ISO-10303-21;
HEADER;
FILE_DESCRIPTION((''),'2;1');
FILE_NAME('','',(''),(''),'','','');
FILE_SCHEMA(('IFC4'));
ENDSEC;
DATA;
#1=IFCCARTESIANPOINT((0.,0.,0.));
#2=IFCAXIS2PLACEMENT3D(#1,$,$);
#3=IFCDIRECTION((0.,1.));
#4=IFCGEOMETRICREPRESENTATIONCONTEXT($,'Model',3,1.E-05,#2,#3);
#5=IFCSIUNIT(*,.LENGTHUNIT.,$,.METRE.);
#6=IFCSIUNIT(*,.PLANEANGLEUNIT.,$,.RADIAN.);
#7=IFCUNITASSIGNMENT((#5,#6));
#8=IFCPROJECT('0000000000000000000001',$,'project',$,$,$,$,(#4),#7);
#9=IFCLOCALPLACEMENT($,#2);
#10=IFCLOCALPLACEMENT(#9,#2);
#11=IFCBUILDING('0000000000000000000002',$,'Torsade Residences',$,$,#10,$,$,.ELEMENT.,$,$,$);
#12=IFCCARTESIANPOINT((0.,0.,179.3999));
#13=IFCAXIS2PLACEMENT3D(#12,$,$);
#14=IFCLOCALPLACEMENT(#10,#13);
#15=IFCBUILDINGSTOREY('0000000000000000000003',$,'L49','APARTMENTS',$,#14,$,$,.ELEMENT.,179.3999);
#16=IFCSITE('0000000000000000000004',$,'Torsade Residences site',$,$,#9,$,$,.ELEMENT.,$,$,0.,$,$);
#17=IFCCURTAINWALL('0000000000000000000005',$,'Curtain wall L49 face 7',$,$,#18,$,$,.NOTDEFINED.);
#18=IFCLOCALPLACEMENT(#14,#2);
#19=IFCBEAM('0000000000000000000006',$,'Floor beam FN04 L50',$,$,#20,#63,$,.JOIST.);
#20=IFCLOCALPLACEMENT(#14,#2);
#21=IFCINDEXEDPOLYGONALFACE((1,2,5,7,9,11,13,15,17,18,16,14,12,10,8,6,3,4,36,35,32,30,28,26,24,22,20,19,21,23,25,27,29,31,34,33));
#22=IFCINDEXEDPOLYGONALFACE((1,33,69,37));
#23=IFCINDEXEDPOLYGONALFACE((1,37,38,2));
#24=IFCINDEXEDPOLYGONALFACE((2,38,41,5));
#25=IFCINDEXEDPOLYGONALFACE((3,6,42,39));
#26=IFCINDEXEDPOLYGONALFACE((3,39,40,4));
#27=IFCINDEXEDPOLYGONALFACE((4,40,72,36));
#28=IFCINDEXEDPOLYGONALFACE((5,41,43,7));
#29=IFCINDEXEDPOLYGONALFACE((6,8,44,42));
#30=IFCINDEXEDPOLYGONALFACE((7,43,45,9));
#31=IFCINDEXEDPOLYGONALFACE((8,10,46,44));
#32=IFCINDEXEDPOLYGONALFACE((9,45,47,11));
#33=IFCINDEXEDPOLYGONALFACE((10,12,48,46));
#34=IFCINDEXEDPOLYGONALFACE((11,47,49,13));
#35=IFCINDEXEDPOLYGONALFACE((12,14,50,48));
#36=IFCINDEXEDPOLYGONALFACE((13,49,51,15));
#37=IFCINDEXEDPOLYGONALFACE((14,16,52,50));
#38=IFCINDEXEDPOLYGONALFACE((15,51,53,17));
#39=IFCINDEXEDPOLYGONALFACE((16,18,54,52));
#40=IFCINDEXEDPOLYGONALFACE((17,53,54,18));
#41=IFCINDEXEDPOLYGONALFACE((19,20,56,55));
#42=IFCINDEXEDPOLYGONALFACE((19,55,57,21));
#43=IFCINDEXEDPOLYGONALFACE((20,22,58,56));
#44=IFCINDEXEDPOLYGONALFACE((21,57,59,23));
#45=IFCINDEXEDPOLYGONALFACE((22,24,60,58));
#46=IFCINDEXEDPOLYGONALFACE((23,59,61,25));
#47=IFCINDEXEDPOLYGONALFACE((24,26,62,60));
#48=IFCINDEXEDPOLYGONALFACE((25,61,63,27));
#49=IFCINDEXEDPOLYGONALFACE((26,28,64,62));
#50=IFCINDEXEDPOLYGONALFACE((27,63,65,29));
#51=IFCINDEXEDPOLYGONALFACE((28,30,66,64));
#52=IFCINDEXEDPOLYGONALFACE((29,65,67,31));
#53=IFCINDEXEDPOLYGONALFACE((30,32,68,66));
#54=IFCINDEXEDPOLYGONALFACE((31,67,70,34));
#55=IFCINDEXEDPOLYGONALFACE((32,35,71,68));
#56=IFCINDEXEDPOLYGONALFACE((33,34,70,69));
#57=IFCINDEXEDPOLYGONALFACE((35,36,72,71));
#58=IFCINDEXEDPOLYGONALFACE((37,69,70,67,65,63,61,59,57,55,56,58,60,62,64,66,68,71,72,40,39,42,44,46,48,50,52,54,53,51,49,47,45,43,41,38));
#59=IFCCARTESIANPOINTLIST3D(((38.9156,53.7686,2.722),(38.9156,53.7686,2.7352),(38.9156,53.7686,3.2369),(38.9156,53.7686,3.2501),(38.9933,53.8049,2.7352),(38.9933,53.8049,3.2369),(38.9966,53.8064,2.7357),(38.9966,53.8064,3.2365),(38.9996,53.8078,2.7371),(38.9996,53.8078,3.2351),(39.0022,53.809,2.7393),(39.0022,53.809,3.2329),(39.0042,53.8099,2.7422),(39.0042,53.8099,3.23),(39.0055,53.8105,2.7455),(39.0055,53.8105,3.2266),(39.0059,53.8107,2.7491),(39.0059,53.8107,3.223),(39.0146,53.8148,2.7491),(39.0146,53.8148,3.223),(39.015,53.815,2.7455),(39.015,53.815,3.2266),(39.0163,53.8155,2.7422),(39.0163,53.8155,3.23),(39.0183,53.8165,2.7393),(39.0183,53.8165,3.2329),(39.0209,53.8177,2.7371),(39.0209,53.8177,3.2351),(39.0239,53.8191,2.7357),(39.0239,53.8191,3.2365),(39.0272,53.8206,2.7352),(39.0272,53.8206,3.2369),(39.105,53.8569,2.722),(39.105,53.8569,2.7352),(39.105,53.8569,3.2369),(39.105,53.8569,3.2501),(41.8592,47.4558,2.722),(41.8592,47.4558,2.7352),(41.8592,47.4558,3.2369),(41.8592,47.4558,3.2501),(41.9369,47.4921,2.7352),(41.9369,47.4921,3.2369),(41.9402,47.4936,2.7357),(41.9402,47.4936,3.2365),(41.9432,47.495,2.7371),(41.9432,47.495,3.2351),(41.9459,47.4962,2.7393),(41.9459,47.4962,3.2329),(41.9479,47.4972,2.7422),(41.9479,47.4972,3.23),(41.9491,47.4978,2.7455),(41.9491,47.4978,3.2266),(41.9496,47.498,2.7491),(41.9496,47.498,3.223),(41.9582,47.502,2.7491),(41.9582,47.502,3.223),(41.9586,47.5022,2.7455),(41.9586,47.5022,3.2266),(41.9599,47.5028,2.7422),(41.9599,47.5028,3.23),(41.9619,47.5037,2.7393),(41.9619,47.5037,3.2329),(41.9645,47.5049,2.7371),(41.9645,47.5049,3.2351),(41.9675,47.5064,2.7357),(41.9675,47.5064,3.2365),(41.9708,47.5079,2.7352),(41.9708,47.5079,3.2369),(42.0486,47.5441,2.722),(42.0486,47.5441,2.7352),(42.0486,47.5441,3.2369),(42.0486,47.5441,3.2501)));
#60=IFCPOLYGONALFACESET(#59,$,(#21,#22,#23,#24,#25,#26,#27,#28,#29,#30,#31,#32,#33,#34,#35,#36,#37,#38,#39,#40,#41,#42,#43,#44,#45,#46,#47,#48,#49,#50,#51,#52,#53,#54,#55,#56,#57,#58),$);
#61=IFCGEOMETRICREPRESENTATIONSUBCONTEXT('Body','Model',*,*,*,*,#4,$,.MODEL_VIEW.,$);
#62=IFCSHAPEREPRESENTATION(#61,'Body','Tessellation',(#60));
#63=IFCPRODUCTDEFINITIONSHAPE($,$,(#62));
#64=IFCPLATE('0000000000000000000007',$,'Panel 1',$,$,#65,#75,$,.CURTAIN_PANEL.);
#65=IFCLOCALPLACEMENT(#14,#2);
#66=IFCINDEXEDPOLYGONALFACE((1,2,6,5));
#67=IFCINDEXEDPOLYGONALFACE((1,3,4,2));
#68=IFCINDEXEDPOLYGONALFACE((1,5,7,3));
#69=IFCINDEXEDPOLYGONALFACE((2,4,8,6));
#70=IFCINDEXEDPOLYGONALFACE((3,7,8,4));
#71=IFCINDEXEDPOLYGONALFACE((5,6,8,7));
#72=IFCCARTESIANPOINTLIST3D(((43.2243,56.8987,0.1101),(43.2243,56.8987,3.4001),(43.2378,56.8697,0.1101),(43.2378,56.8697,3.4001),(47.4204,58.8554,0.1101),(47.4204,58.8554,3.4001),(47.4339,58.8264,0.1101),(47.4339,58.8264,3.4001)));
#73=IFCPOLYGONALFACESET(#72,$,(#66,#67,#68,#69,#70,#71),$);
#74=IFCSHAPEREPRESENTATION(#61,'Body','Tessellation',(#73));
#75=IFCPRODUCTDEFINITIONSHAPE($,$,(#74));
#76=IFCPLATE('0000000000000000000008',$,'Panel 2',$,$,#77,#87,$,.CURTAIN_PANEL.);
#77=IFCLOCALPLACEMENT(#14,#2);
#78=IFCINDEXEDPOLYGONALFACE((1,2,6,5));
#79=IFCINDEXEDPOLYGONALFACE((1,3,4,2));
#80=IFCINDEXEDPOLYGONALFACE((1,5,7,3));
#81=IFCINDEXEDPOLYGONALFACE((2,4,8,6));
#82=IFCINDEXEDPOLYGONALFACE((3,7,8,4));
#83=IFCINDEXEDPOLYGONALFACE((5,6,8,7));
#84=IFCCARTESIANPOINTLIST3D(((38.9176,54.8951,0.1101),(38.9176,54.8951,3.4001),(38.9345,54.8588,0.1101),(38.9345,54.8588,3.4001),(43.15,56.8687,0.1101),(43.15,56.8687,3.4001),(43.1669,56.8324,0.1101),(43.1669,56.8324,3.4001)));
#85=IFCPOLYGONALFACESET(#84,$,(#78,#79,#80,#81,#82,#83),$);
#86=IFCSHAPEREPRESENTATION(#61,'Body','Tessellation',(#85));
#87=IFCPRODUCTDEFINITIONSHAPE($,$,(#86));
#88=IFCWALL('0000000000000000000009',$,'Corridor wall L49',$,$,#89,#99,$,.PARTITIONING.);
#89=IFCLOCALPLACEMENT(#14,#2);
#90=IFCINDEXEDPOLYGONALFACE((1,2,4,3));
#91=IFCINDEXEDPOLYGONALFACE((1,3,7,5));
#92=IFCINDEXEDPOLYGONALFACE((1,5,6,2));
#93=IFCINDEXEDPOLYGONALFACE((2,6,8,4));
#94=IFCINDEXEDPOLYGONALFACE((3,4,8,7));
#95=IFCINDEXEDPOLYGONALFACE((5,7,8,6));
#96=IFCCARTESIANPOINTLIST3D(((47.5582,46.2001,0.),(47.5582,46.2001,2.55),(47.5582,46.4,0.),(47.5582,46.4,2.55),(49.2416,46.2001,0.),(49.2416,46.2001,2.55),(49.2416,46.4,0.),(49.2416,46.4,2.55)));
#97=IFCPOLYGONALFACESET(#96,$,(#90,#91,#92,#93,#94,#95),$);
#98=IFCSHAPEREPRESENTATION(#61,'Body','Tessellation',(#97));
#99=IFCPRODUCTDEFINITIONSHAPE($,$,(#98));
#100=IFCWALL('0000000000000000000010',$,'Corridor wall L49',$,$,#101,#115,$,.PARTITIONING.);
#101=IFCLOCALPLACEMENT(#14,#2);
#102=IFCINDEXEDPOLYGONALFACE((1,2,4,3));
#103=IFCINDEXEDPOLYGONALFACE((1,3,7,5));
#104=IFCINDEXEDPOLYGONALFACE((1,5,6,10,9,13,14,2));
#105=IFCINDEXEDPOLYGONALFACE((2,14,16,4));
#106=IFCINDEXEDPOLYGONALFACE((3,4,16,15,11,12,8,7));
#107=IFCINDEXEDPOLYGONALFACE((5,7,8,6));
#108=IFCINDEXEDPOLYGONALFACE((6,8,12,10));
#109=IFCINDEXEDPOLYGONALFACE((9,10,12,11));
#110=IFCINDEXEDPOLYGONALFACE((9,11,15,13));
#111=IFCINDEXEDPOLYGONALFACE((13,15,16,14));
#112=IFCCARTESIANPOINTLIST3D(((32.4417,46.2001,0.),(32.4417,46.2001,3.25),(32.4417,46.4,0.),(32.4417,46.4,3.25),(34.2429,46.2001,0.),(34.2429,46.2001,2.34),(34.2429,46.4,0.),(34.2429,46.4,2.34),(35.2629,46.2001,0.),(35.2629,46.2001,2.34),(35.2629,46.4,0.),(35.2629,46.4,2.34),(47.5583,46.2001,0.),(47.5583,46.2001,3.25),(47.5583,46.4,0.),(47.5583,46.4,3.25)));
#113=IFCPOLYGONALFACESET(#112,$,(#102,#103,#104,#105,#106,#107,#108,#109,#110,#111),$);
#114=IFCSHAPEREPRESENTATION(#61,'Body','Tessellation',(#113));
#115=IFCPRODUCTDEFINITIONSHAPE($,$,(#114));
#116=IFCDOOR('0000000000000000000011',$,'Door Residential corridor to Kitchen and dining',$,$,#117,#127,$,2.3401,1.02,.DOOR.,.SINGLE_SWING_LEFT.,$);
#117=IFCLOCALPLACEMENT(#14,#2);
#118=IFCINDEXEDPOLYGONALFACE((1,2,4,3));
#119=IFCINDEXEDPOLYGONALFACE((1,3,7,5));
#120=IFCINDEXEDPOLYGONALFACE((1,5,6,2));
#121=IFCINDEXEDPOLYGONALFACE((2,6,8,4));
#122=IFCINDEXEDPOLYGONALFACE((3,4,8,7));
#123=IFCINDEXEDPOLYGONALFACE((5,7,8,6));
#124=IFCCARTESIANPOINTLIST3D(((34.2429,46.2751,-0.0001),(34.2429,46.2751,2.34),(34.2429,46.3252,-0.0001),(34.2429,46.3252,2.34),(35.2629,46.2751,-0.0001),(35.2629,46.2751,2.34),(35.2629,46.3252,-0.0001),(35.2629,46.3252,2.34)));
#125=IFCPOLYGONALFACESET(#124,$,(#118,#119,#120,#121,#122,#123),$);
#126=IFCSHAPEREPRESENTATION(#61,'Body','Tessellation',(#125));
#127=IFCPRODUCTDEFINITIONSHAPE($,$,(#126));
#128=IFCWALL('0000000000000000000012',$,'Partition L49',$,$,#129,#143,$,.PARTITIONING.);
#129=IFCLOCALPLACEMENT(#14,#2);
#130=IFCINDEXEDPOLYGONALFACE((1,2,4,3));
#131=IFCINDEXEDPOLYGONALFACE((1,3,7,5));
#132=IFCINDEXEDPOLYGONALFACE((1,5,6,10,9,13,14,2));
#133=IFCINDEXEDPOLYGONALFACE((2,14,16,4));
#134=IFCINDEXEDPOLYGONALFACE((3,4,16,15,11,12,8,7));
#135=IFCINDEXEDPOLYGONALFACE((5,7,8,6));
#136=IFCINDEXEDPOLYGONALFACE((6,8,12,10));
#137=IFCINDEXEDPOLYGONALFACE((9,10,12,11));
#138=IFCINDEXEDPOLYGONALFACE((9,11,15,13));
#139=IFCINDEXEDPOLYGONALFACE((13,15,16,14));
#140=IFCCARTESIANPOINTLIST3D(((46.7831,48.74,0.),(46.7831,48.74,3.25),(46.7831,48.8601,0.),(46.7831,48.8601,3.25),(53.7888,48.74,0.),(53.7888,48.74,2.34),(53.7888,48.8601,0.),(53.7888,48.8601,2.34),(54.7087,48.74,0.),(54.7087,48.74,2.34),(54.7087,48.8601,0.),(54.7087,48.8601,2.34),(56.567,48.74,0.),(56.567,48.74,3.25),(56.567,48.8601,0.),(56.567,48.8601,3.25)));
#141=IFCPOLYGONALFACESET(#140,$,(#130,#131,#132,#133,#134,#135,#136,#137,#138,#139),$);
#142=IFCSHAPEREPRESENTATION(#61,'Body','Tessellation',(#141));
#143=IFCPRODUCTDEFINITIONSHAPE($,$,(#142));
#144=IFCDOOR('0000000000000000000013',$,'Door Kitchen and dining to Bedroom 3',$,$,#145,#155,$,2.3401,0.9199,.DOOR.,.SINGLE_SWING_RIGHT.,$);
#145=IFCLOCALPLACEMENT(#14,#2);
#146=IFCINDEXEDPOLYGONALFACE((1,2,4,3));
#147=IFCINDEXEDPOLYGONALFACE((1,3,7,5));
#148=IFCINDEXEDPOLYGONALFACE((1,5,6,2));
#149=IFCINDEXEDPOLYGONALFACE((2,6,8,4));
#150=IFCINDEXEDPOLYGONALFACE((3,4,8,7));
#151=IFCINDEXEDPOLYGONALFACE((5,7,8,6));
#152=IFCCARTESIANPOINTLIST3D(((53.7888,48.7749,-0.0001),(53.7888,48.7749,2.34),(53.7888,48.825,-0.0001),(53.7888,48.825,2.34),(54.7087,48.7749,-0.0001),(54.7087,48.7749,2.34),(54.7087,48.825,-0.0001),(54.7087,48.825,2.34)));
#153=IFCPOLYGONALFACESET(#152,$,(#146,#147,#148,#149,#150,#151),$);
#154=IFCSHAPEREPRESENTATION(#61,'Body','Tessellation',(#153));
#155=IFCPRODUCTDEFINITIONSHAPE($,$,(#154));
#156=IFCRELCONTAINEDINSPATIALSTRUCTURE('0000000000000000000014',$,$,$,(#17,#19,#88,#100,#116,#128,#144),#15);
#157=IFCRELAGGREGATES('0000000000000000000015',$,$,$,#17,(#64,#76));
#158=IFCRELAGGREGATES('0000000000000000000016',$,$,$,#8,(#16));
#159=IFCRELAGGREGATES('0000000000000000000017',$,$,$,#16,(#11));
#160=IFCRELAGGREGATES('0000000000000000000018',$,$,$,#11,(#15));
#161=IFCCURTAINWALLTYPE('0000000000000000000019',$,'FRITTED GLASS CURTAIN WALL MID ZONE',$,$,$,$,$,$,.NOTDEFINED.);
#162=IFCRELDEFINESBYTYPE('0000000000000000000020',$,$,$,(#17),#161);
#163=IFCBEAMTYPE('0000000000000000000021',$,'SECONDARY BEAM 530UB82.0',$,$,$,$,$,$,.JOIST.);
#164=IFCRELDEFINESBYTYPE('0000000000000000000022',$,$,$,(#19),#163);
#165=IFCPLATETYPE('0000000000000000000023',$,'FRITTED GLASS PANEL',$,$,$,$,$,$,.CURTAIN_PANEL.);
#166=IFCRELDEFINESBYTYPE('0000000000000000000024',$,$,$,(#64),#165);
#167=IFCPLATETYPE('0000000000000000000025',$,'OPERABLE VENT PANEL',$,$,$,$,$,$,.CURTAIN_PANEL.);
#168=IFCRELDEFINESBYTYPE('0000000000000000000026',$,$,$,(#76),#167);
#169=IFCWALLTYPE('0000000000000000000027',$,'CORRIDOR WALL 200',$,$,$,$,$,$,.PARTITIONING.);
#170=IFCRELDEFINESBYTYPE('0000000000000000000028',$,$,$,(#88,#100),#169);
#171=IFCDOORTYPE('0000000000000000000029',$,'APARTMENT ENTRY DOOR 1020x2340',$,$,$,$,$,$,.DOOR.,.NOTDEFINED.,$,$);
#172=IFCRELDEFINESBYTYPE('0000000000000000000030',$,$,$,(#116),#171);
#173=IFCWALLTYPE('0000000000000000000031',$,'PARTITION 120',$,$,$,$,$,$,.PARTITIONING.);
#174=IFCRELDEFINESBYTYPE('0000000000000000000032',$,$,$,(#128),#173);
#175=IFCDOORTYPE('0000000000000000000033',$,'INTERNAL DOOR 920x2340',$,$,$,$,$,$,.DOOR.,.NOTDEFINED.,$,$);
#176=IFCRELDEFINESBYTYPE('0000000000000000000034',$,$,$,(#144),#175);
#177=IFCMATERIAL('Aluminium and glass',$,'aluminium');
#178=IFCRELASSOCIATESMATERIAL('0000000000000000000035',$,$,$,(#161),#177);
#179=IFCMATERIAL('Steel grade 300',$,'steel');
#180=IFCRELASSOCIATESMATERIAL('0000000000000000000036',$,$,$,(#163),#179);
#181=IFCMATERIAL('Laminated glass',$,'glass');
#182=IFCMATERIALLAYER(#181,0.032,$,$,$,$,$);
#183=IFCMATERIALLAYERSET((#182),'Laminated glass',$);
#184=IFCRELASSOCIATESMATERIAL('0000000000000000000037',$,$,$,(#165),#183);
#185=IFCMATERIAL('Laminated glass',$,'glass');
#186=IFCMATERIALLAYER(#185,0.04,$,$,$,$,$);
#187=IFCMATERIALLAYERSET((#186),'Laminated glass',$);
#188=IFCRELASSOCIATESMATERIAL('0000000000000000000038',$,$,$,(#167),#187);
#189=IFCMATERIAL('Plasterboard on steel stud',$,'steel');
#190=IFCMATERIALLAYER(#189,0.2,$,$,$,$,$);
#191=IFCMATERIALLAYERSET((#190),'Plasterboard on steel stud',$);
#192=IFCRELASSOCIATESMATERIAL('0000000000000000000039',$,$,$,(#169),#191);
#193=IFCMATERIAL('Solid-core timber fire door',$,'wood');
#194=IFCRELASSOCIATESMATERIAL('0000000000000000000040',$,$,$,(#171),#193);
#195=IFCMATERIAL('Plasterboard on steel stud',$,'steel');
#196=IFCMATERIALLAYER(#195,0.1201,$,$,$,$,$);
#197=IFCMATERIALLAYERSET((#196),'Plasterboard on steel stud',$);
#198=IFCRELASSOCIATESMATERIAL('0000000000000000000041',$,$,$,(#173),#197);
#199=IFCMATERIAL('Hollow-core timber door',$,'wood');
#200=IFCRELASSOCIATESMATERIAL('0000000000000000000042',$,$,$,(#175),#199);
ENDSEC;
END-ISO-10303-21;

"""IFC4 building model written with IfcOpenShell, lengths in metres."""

from ifc_helpers import new_model, si_unit, direction, frame, frame_2d, origin, origin_2d, place, context, subcontext, project, spatial, rectangle, i_section, extrude, material, layer, layer_set, material_profile, profile_set, type_object, element, fill, aggregate, save


model = new_model("IFC4")

# Units and contexts
model_context = context("Model", 3, precision=1e-05, world=origin(), true_north=direction((0.0, 1.0)))
body_context = subcontext(model_context, "Body", "Model", "MODEL_VIEW")
ifc_project = project(units=[si_unit("LENGTHUNIT", "METRE"), si_unit("PLANEANGLEUNIT", "RADIAN")], contexts=[model_context])

# Site, building, storey
site_placement = place(None, origin())
site = spatial("IfcSite", under=ifc_project, at=site_placement, Name="Torsade Residences site", CompositionType="ELEMENT", RefElevation=0.0)
building_placement = place(site_placement, origin())
building = spatial("IfcBuilding", under=site, at=building_placement, Name="Torsade Residences", CompositionType="ELEMENT")
storey_placement = place(building_placement, frame((0.0, 0.0, 179.3999)))
storey = spatial("IfcBuildingStorey", under=building, at=storey_placement, Name="L49", Description="APARTMENTS", CompositionType="ELEMENT", Elevation=179.3999)

# Curtain wall
ifc_material_1 = material(Name="Aluminium and glass", Category="aluminium")
curtain_wall_type = type_object("IfcCurtainWallType", Name="FRITTED GLASS CURTAIN WALL MID ZONE", PredefinedType="NOTDEFINED", material=ifc_material_1)
curtain_wall_placement = place(storey_placement, origin())
curtain_wall = element("IfcCurtainWall", 1, at=curtain_wall_placement, inside=storey, type_object=curtain_wall_type, Name="Curtain wall L49 face 7", PredefinedType="NOTDEFINED")

# Beam
ifc_material_2 = material(Name="Steel grade 300", Category="steel")
ifc_material_profile_1 = material_profile(ifc_material_2, i_section(OverallWidth=0.209, OverallDepth=0.5281, WebThickness=0.0095, FlangeThickness=0.0132, FilletRadius=0.0139, at=origin_2d()), Name="530UB82.0")
ifc_profile_set_1 = profile_set([ifc_material_profile_1], Name="Steel grade 300")
beam_type_1 = type_object("IfcBeamType", Name="SECONDARY BEAM 530UB82.0", PredefinedType="JOIST", material=ifc_profile_set_1)
beam_1_placement = place(storey_placement, frame((39.0103, 53.8127, 2.9861), z_axis=(0.422609, -0.906312, 0.0), x_axis=(0.906312, 0.422609, 0.0)))
element("IfcBeam", 2, at=beam_1_placement, inside=storey, type_object=beam_type_1, Name="Floor beam FN04 L50", PredefinedType="JOIST", context=body_context, shape_type="SweptSolid", body=[
    extrude(i_section(OverallWidth=0.209, OverallDepth=0.5281, WebThickness=0.0095, FlangeThickness=0.0132, FilletRadius=0.0139, at=origin_2d()), origin(), (0.0, 0.0, 1.0), 6.9653),
])

# Plates
ifc_material_3 = material(Name="Laminated glass", Category="glass")
ifc_layer_1 = layer(ifc_material_3, 0.032)
ifc_layer_set_1 = layer_set([ifc_layer_1], Name="Laminated glass")
plate_type_1 = type_object("IfcPlateType", Name="FRITTED GLASS PANEL", PredefinedType="CURTAIN_PANEL", material=ifc_layer_set_1)
plate_1_placement = place(storey_placement, frame((45.3291, 57.8625, 0.1101), z_axis=(0.0, 0.0, 1.0), x_axis=(-0.906308, -0.422618, 0.0)))
plate_1 = element("IfcPlate", 3, at=plate_1_placement, type_object=plate_type_1, Name="Panel 1", PredefinedType="CURTAIN_PANEL", context=body_context, shape_type="SweptSolid", body=[
    extrude(rectangle(XDim=4.6299, YDim=0.032, at=origin_2d()), origin(), (0.0, 0.0, 1.0), 3.29),
])
ifc_material_4 = material(Name="Laminated glass", Category="glass")
ifc_layer_2 = layer(ifc_material_4, 0.04)
ifc_layer_set_2 = layer_set([ifc_layer_2], Name="Laminated glass")
plate_type_2 = type_object("IfcPlateType", Name="OPERABLE VENT PANEL", PredefinedType="CURTAIN_PANEL", material=ifc_layer_set_2)
plate_2_placement = place(storey_placement, frame((41.0422, 55.8638, 0.1101), z_axis=(0.0, 0.0, 1.0), x_axis=(-0.906308, -0.422618, 0.0)))
plate_2 = element("IfcPlate", 4, at=plate_2_placement, type_object=plate_type_2, Name="Panel 2", PredefinedType="CURTAIN_PANEL", context=body_context, shape_type="SweptSolid", body=[
    extrude(rectangle(XDim=4.6699, YDim=0.04, at=origin_2d()), origin(), (0.0, 0.0, 1.0), 3.29),
])
aggregate(curtain_wall, [plate_1, plate_2])

# Wall
ifc_material_5 = material(Name="Plasterboard on steel stud", Category="steel")
ifc_layer_3 = layer(ifc_material_5, 0.2)
ifc_layer_set_3 = layer_set([ifc_layer_3], Name="Plasterboard on steel stud")
wall_type_1 = type_object("IfcWallType", Name="CORRIDOR WALL 200", PredefinedType="PARTITIONING", material=ifc_layer_set_3)
wall_1_placement = place(storey_placement, frame((49.2417, 46.3, 0.0), z_axis=(0.0, 0.0, 1.0), x_axis=(-1.0, 0.0, 0.0)))
element("IfcWall", 5, at=wall_1_placement, inside=storey, type_object=wall_type_1, Name="Corridor wall L49", PredefinedType="PARTITIONING", context=body_context, shape_type="SweptSolid", body=[
    extrude(rectangle(XDim=1.6833, YDim=0.2, at=frame_2d((0.8418, 0.0))), origin(), (0.0, 0.0, 1.0), 2.55),
])

# Walls, openings, doors
wall_2_placement = place(storey_placement, frame((47.5583, 46.3, 0.0), z_axis=(0.0, 0.0, 1.0), x_axis=(-1.0, 0.0, 0.0)))
wall_2 = element("IfcWall", 6, at=wall_2_placement, inside=storey, type_object=wall_type_1, Name="Corridor wall L49", PredefinedType="PARTITIONING", context=body_context, shape_type="SweptSolid", body=[
    extrude(rectangle(XDim=15.1167, YDim=0.2, at=frame_2d((7.5583, 0.0))), origin(), (0.0, 0.0, 1.0), 3.25),
])
opening_1_placement = place(wall_2_placement, frame((12.2954, 0.0, 0.0)))
opening_1 = element("IfcOpeningElement", 7, at=opening_1_placement, cuts=wall_2, PredefinedType="OPENING", context=body_context, shape_type="SweptSolid", body=[
    extrude(rectangle(XDim=1.02, YDim=2.3401, at=frame_2d((0.51, 1.1699))), frame((0.0, 0.1099, 0.0), z_axis=(0.0, -1.0, 0.0), x_axis=(1.0, 0.0, 0.0)), (0.0, 0.0, 1.0), 0.22),
])
ifc_material_6 = material(Name="Solid-core timber fire door", Category="wood")
door_type_1 = type_object("IfcDoorType", Name="APARTMENT ENTRY DOOR 1020x2340", OperationType="NOTDEFINED", PredefinedType="DOOR", material=ifc_material_6)
door_1_placement = place(opening_1_placement, origin())
door_1 = element("IfcDoor", 8, at=door_1_placement, inside=storey, type_object=door_type_1, Name="Door Residential corridor to Kitchen and dining", OperationType="SINGLE_SWING_LEFT", OverallHeight=2.3401, OverallWidth=1.02, PredefinedType="DOOR", context=body_context, shape_type="SweptSolid", body=[
    extrude(rectangle(XDim=1.02, YDim=2.3401, at=frame_2d((0.51, 1.1699))), frame((0.0, 0.0249, 0.0), z_axis=(0.0, -1.0, 0.0), x_axis=(1.0, 0.0, 0.0)), (0.0, 0.0, 1.0), 0.05),
])
fill(opening_1, door_1)
ifc_material_7 = material(Name="Plasterboard on steel stud", Category="steel")
ifc_layer_4 = layer(ifc_material_7, 0.1201)
ifc_layer_set_4 = layer_set([ifc_layer_4], Name="Plasterboard on steel stud")
wall_type_2 = type_object("IfcWallType", Name="PARTITION 120", PredefinedType="PARTITIONING", material=ifc_layer_set_4)
wall_3_placement = place(storey_placement, frame((46.783, 48.8, 0.0), z_axis=(0.0, 0.0, 1.0), x_axis=(1.0, 0.0, 0.0)))
wall_3 = element("IfcWall", 9, at=wall_3_placement, inside=storey, type_object=wall_type_2, Name="Partition L49", PredefinedType="PARTITIONING", context=body_context, shape_type="SweptSolid", body=[
    extrude(rectangle(XDim=9.7839, YDim=0.1201, at=frame_2d((4.8921, 0.0))), origin(), (0.0, 0.0, 1.0), 3.25),
])
opening_2_placement = place(wall_3_placement, frame((7.0059, 0.0, 0.0)))
opening_2 = element("IfcOpeningElement", 10, at=opening_2_placement, cuts=wall_3, PredefinedType="OPENING", context=body_context, shape_type="SweptSolid", body=[
    extrude(rectangle(XDim=0.9199, YDim=2.3401, at=frame_2d((0.46, 1.1699))), frame((0.0, 0.0701, 0.0), z_axis=(0.0, -1.0, 0.0), x_axis=(1.0, 0.0, 0.0)), (0.0, 0.0, 1.0), 0.1401),
])
ifc_material_8 = material(Name="Hollow-core timber door", Category="wood")
door_type_2 = type_object("IfcDoorType", Name="INTERNAL DOOR 920x2340", OperationType="NOTDEFINED", PredefinedType="DOOR", material=ifc_material_8)
door_2_placement = place(opening_2_placement, origin())
door_2 = element("IfcDoor", 11, at=door_2_placement, inside=storey, type_object=door_type_2, Name="Door Kitchen and dining to Bedroom 3", OperationType="SINGLE_SWING_RIGHT", OverallHeight=2.3401, OverallWidth=0.9199, PredefinedType="DOOR", context=body_context, shape_type="SweptSolid", body=[
    extrude(rectangle(XDim=0.9199, YDim=2.3401, at=frame_2d((0.46, 1.1699))), frame((0.0, 0.0249, 0.0), z_axis=(0.0, -1.0, 0.0), x_axis=(1.0, 0.0, 0.0)), (0.0, 0.0, 1.0), 0.05),
])
fill(opening_2, door_2)

save(model, "model.ifc")
